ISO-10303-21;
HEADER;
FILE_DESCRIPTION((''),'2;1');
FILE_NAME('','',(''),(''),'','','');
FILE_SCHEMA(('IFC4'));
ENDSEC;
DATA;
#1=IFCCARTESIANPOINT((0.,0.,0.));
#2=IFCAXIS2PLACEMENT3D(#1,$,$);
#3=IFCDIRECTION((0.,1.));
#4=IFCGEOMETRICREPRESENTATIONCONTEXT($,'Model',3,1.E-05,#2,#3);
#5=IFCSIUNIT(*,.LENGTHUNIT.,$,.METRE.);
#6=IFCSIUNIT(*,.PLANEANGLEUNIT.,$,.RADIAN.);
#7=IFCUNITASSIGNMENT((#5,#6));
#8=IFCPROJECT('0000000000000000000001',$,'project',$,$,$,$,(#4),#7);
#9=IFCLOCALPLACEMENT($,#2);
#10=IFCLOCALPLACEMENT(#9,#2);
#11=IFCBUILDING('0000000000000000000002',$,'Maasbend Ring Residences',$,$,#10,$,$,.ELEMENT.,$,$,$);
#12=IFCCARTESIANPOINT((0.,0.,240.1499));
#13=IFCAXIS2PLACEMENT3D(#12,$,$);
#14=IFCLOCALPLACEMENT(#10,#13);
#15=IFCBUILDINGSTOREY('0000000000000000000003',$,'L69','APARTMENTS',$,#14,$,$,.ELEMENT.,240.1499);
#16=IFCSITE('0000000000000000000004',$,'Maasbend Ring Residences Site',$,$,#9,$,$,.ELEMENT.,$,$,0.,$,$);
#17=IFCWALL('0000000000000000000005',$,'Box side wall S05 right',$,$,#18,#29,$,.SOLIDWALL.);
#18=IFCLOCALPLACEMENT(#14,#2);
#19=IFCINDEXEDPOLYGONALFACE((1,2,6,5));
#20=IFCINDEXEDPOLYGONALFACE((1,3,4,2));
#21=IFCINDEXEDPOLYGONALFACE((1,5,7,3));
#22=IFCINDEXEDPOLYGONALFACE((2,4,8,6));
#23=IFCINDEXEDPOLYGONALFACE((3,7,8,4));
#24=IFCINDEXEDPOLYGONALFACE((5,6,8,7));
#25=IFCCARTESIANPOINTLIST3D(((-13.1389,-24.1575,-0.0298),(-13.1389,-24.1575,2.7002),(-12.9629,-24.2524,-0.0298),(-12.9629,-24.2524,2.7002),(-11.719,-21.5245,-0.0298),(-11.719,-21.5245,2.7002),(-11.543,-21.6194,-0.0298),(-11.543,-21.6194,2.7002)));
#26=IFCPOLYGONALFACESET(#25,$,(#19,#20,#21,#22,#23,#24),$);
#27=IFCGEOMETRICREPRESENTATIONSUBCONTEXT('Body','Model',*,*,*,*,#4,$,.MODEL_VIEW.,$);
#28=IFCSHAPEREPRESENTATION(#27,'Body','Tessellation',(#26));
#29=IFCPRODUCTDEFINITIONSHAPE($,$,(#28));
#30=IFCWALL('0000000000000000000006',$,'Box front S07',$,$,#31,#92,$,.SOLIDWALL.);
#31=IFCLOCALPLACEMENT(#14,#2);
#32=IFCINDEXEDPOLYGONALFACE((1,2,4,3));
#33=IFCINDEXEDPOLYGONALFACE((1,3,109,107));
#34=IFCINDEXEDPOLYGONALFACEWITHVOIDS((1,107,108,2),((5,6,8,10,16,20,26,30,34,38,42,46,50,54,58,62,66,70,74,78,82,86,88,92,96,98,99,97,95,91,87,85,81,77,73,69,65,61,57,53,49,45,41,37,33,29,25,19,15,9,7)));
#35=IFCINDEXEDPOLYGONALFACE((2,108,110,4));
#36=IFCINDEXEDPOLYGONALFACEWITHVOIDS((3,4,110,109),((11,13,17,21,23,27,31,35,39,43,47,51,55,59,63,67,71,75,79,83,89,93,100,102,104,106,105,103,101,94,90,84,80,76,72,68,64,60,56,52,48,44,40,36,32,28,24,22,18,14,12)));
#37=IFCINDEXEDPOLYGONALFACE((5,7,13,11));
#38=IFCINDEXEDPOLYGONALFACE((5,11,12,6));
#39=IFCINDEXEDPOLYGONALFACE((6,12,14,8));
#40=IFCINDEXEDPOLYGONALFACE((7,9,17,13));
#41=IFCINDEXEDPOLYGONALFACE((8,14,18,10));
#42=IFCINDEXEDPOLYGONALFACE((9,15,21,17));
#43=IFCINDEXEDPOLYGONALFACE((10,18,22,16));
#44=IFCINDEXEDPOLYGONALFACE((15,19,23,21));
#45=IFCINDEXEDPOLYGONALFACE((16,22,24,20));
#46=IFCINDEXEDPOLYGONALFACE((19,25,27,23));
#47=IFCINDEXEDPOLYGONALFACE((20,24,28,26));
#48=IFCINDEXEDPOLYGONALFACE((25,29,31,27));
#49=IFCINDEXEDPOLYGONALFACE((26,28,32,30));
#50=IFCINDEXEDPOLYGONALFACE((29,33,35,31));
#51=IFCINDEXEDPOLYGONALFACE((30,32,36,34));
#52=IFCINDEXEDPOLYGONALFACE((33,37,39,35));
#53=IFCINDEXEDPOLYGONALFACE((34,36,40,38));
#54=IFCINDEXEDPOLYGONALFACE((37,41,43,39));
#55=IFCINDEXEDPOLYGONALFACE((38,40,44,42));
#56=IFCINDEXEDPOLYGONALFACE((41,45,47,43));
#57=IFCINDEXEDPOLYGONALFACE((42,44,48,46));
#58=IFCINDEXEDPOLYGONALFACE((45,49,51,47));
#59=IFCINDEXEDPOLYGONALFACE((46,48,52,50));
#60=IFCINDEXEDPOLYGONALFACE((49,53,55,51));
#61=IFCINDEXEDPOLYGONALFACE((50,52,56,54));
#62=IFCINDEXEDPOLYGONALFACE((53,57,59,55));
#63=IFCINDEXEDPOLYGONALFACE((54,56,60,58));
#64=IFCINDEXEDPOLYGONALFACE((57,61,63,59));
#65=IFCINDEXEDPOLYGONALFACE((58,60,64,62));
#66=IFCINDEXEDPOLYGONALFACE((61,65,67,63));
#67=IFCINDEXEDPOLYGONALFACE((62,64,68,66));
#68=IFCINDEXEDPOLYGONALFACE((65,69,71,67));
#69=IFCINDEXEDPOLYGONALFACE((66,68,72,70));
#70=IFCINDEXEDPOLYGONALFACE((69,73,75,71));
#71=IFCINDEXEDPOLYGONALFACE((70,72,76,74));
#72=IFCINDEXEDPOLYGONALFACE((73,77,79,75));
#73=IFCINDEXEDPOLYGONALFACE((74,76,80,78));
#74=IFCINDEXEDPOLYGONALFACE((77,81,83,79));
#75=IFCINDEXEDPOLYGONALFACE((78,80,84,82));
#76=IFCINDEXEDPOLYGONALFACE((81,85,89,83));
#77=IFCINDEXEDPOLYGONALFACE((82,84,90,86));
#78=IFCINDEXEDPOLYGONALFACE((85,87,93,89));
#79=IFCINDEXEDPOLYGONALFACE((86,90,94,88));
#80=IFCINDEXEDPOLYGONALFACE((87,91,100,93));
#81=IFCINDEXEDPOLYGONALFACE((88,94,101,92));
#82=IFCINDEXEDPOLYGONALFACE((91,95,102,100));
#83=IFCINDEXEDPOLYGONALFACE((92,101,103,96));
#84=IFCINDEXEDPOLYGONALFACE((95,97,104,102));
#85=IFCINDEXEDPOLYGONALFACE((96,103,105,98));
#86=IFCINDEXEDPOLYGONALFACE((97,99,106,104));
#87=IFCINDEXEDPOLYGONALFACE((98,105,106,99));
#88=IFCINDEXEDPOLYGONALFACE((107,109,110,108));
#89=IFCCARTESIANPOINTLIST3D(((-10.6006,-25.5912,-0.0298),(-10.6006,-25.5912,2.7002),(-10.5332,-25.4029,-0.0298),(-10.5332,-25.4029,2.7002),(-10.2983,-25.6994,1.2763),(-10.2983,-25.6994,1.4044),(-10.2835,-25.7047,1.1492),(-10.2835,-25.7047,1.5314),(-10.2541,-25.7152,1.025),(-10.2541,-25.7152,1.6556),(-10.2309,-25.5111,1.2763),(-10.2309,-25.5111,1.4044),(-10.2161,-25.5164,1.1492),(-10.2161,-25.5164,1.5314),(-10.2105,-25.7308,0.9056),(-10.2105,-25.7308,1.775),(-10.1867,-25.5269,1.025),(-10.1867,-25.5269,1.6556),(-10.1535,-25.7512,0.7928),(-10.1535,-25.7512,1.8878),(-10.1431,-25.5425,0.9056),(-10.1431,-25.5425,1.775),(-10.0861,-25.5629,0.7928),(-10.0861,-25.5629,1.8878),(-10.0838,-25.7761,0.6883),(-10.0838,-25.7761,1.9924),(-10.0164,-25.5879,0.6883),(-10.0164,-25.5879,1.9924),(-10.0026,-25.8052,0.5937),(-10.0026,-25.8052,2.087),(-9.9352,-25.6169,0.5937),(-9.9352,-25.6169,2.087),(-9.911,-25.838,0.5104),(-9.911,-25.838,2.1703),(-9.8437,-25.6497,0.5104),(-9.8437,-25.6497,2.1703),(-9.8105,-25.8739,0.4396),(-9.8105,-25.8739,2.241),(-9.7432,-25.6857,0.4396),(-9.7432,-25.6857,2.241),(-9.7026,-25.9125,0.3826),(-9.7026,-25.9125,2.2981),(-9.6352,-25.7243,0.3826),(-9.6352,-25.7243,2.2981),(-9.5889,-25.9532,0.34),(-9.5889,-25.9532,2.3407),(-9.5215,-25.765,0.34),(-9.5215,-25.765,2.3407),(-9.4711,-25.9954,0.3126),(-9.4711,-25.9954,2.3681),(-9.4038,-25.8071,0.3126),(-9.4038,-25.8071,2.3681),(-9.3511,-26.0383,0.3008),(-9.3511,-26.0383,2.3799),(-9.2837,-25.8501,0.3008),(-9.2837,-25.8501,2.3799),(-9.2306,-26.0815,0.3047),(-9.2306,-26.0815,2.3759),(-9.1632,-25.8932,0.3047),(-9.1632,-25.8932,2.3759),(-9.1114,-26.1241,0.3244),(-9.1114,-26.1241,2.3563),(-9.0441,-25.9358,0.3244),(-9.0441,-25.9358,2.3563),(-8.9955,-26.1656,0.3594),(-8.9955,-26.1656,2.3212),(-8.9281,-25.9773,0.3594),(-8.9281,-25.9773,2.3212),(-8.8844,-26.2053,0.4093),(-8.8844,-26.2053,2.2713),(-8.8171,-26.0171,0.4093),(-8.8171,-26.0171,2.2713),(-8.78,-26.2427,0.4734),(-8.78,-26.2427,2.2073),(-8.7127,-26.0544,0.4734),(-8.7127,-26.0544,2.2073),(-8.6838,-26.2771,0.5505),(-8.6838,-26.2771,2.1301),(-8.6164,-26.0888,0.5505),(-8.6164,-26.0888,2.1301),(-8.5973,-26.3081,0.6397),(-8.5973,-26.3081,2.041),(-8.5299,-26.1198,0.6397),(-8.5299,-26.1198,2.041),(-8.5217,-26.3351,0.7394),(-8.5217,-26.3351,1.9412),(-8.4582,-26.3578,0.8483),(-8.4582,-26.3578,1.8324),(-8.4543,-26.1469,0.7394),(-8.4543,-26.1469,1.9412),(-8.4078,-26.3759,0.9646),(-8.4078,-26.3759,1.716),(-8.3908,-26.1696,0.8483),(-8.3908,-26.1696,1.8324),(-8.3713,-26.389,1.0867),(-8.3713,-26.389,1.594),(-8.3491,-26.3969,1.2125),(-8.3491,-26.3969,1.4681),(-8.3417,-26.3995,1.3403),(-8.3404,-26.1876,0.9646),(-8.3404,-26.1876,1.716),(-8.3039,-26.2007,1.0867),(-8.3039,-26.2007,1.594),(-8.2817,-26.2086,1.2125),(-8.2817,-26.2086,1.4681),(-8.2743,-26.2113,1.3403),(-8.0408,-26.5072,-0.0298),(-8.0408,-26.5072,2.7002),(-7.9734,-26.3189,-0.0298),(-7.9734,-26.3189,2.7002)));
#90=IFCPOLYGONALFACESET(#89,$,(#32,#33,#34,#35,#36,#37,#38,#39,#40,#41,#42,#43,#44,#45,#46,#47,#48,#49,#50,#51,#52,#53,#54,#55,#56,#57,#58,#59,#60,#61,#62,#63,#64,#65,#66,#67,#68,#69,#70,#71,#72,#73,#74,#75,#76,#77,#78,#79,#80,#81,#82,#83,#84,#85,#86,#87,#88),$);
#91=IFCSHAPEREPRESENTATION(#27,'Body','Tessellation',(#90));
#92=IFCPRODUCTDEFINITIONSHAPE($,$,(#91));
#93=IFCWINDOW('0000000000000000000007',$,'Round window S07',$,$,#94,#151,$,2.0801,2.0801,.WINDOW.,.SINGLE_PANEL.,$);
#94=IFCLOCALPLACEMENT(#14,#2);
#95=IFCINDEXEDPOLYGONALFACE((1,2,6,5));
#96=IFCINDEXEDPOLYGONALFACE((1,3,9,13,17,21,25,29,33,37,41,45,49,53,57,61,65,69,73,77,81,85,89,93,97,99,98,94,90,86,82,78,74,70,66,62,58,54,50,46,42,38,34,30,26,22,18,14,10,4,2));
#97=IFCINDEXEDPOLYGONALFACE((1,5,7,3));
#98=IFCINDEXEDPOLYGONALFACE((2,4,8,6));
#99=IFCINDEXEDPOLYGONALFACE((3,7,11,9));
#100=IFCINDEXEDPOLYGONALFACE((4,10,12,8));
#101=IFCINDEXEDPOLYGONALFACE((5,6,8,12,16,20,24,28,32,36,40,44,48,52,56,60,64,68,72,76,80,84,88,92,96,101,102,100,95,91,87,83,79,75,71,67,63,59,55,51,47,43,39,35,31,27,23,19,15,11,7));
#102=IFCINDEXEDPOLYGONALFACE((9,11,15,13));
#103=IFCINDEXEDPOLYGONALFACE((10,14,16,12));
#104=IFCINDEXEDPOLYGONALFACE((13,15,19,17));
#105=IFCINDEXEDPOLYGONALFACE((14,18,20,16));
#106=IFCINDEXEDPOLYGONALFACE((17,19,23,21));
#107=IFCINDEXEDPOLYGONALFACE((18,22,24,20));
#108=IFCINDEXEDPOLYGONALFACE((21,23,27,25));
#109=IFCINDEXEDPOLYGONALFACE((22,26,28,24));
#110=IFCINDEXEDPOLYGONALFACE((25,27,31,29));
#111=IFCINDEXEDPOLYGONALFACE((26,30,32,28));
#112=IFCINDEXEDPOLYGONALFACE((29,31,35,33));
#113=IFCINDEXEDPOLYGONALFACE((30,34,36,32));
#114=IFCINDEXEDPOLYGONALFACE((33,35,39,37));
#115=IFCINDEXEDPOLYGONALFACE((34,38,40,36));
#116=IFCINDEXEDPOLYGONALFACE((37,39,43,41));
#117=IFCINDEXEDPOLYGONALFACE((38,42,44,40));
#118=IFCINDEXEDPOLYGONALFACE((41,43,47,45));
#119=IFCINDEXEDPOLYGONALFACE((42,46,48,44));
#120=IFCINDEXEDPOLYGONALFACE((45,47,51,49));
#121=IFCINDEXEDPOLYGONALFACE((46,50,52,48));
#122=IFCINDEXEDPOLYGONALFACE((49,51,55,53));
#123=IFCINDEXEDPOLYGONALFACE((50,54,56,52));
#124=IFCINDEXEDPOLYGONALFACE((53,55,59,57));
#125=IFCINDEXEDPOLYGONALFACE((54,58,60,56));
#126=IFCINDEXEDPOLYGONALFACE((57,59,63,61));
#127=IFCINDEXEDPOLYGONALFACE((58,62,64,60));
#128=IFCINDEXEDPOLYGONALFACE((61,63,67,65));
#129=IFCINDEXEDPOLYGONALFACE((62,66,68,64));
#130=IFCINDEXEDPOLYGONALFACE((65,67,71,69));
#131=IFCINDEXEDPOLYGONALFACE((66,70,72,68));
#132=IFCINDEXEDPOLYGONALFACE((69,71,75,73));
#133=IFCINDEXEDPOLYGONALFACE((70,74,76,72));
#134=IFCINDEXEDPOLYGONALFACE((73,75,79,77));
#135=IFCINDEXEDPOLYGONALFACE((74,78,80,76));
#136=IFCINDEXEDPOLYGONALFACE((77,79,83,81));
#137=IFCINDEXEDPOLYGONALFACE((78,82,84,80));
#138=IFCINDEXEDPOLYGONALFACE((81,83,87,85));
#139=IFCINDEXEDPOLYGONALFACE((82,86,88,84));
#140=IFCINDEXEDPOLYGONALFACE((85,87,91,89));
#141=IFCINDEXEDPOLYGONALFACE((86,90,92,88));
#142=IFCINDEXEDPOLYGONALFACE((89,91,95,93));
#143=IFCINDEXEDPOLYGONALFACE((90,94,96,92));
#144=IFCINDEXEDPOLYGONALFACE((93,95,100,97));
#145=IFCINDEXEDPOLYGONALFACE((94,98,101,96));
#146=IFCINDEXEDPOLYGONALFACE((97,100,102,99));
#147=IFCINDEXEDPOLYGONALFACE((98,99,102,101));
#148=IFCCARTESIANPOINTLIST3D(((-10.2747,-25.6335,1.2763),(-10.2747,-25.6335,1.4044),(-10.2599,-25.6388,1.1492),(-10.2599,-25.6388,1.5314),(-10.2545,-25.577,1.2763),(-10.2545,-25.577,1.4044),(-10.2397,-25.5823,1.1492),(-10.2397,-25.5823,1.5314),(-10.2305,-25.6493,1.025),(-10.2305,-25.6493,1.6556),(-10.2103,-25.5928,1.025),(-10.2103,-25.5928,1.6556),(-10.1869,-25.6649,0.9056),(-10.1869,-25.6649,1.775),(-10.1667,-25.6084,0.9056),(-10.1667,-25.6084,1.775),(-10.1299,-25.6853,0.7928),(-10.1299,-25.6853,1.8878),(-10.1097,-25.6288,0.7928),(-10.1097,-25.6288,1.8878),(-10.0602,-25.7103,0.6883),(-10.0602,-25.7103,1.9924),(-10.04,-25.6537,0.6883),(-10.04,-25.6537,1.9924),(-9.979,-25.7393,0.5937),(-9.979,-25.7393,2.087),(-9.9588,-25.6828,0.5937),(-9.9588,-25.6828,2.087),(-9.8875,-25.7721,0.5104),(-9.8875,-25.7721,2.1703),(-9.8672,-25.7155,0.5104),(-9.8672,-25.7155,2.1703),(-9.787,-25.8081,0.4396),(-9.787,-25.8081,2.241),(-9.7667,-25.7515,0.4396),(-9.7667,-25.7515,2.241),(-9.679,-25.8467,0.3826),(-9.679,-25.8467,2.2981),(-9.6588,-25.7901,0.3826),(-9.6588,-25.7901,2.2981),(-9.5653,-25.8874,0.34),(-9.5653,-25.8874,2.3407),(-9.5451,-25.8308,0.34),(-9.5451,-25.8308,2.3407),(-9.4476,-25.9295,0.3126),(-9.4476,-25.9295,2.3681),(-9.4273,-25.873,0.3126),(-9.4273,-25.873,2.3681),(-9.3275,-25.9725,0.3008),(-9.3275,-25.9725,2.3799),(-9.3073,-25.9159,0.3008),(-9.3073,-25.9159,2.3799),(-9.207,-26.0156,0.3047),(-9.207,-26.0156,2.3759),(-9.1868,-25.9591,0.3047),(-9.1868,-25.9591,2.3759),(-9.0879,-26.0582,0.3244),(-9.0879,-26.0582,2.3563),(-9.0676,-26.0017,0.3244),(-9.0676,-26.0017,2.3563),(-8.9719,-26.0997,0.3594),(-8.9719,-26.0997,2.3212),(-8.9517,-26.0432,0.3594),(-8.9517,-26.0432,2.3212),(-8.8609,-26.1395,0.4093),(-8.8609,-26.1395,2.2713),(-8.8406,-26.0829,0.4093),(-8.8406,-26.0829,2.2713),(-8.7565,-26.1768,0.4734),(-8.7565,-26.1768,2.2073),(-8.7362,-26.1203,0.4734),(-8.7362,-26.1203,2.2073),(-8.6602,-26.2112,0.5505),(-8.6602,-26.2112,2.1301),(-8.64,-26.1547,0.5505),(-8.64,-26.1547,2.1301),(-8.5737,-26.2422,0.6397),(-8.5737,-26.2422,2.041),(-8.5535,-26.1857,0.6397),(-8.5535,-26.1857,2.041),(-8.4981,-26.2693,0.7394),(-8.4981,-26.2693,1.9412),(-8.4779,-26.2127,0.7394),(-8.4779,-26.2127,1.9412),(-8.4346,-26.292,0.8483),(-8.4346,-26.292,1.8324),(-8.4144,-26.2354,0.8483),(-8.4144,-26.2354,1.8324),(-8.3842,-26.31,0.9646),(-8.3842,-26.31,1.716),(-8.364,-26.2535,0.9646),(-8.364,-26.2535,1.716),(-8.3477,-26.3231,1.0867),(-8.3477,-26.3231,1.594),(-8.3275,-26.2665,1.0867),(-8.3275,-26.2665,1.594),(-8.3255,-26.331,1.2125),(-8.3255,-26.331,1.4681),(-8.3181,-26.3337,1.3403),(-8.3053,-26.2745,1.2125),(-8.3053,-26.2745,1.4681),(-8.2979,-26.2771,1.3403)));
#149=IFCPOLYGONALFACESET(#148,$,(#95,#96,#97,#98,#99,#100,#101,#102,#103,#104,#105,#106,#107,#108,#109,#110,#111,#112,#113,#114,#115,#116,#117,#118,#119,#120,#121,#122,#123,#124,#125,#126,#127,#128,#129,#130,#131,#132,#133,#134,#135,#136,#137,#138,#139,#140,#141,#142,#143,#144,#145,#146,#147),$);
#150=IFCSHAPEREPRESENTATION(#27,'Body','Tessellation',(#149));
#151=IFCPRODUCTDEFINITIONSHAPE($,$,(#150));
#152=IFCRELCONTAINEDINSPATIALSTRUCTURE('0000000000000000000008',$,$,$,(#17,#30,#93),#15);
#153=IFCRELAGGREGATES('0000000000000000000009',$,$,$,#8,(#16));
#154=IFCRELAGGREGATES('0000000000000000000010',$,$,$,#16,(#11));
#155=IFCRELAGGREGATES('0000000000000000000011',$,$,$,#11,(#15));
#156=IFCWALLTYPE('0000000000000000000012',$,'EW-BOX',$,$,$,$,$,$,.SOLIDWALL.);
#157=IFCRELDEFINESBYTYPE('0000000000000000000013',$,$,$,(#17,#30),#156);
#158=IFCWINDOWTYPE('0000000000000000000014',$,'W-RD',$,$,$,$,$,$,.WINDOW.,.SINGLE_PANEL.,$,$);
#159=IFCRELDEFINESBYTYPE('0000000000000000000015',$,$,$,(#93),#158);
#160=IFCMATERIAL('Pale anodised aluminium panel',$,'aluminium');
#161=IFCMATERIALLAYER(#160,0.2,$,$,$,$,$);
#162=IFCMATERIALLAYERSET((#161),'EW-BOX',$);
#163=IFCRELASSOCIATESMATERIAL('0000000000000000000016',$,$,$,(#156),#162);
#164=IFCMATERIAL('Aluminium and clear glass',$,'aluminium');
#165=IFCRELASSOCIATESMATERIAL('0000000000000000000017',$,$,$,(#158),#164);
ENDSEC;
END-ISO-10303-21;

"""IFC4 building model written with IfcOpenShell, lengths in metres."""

from ifc_helpers import new_model, si_unit, direction, frame, frame_2d, origin, place, context, subcontext, project, spatial, rectangle, circle, extrude, material, layer, layer_set, type_object, element, fill, save


model = new_model("IFC4")

# Units and contexts
model_context = context("Model", 3, precision=1e-05, world=origin(), true_north=direction((0.0, 1.0)))
body_context = subcontext(model_context, "Body", "Model", "MODEL_VIEW")
ifc_project = project(units=[si_unit("LENGTHUNIT", "METRE"), si_unit("PLANEANGLEUNIT", "RADIAN")], contexts=[model_context])

# Site, building, storey
site_placement = place(None, origin())
site = spatial("IfcSite", under=ifc_project, at=site_placement, Name="Maasbend Ring Residences Site", CompositionType="ELEMENT", RefElevation=0.0)
building_placement = place(site_placement, origin())
building = spatial("IfcBuilding", under=site, at=building_placement, Name="Maasbend Ring Residences", CompositionType="ELEMENT")
storey_placement = place(building_placement, frame((0.0, 0.0, 240.1499)))
storey = spatial("IfcBuildingStorey", under=building, at=storey_placement, Name="L69", Description="APARTMENTS", CompositionType="ELEMENT", Elevation=240.1499)

# Shared definitions
ifc_material_1 = material(Name="Pale anodised aluminium panel", Category="aluminium")
ifc_layer_1 = layer(ifc_material_1, 0.2)
ifc_layer_set_1 = layer_set([ifc_layer_1], Name="EW-BOX")
wall_type_1 = type_object("IfcWallType", Name="EW-BOX", PredefinedType="SOLIDWALL", material=ifc_layer_set_1)
ifc_material_2 = material(Name="Aluminium and clear glass", Category="aluminium")
window_type_1 = type_object("IfcWindowType", Name="W-RD", PartitioningType="SINGLE_PANEL", PredefinedType="WINDOW", material=ifc_material_2)

# Wall
wall_1_placement = place(storey_placement, frame((-11.6311, -21.572, -0.0298), z_axis=(0.0, 0.0, 1.0), x_axis=(-0.47465, -0.880175, 0.0)))
element("IfcWall", 1, at=wall_1_placement, inside=storey, type_object=wall_type_1, Name="Box side wall S05 right", PredefinedType="SOLIDWALL", context=body_context, shape_type="SweptSolid", body=[
    extrude(rectangle(XDim=2.9915, YDim=0.2, at=frame_2d((1.4956, 0.0))), origin(), (0.0, 0.0, 1.0), 2.73),
])

# Wall, opening, window
wall_2_placement = place(storey_placement, frame((-10.5669, -25.4971, -0.0298), z_axis=(0.0, 0.0, 1.0), x_axis=(0.941532, -0.336922, 0.0)))
wall_2 = element("IfcWall", 2, at=wall_2_placement, inside=storey, type_object=wall_type_1, Name="Box front S07", PredefinedType="SOLIDWALL", context=body_context, shape_type="SweptSolid", body=[
    extrude(rectangle(XDim=2.7188, YDim=0.2, at=frame_2d((1.3594, 0.0))), origin(), (0.0, 0.0, 1.0), 2.73),
])
opening_1_placement = place(wall_2_placement, frame((0.3191, 0.0, 0.3301)))
opening_1 = element("IfcOpeningElement", 3, at=opening_1_placement, cuts=wall_2, PredefinedType="OPENING", context=body_context, shape_type="SweptSolid", body=[
    extrude(circle(Radius=1.04, at=frame_2d((1.04, 1.04))), frame((0.0, 0.1099, 0.0), z_axis=(0.0, -1.0, 0.0), x_axis=(1.0, 0.0, 0.0)), (0.0, 0.0, 1.0), 0.22),
])
window_1_placement = place(opening_1_placement, origin())
window_1 = element("IfcWindow", 4, at=window_1_placement, inside=storey, type_object=window_type_1, Name="Round window S07", OverallHeight=2.0801, OverallWidth=2.0801, PartitioningType="SINGLE_PANEL", PredefinedType="WINDOW", context=body_context, shape_type="SweptSolid", body=[
    extrude(circle(Radius=1.04, at=frame_2d((1.04, 1.04))), frame((0.0, 0.03, 0.0), z_axis=(0.0, -1.0, 0.0), x_axis=(1.0, 0.0, 0.0)), (0.0, 0.0, 1.0), 0.0601),
])
fill(opening_1, window_1)

save(model, "model.ifc")
